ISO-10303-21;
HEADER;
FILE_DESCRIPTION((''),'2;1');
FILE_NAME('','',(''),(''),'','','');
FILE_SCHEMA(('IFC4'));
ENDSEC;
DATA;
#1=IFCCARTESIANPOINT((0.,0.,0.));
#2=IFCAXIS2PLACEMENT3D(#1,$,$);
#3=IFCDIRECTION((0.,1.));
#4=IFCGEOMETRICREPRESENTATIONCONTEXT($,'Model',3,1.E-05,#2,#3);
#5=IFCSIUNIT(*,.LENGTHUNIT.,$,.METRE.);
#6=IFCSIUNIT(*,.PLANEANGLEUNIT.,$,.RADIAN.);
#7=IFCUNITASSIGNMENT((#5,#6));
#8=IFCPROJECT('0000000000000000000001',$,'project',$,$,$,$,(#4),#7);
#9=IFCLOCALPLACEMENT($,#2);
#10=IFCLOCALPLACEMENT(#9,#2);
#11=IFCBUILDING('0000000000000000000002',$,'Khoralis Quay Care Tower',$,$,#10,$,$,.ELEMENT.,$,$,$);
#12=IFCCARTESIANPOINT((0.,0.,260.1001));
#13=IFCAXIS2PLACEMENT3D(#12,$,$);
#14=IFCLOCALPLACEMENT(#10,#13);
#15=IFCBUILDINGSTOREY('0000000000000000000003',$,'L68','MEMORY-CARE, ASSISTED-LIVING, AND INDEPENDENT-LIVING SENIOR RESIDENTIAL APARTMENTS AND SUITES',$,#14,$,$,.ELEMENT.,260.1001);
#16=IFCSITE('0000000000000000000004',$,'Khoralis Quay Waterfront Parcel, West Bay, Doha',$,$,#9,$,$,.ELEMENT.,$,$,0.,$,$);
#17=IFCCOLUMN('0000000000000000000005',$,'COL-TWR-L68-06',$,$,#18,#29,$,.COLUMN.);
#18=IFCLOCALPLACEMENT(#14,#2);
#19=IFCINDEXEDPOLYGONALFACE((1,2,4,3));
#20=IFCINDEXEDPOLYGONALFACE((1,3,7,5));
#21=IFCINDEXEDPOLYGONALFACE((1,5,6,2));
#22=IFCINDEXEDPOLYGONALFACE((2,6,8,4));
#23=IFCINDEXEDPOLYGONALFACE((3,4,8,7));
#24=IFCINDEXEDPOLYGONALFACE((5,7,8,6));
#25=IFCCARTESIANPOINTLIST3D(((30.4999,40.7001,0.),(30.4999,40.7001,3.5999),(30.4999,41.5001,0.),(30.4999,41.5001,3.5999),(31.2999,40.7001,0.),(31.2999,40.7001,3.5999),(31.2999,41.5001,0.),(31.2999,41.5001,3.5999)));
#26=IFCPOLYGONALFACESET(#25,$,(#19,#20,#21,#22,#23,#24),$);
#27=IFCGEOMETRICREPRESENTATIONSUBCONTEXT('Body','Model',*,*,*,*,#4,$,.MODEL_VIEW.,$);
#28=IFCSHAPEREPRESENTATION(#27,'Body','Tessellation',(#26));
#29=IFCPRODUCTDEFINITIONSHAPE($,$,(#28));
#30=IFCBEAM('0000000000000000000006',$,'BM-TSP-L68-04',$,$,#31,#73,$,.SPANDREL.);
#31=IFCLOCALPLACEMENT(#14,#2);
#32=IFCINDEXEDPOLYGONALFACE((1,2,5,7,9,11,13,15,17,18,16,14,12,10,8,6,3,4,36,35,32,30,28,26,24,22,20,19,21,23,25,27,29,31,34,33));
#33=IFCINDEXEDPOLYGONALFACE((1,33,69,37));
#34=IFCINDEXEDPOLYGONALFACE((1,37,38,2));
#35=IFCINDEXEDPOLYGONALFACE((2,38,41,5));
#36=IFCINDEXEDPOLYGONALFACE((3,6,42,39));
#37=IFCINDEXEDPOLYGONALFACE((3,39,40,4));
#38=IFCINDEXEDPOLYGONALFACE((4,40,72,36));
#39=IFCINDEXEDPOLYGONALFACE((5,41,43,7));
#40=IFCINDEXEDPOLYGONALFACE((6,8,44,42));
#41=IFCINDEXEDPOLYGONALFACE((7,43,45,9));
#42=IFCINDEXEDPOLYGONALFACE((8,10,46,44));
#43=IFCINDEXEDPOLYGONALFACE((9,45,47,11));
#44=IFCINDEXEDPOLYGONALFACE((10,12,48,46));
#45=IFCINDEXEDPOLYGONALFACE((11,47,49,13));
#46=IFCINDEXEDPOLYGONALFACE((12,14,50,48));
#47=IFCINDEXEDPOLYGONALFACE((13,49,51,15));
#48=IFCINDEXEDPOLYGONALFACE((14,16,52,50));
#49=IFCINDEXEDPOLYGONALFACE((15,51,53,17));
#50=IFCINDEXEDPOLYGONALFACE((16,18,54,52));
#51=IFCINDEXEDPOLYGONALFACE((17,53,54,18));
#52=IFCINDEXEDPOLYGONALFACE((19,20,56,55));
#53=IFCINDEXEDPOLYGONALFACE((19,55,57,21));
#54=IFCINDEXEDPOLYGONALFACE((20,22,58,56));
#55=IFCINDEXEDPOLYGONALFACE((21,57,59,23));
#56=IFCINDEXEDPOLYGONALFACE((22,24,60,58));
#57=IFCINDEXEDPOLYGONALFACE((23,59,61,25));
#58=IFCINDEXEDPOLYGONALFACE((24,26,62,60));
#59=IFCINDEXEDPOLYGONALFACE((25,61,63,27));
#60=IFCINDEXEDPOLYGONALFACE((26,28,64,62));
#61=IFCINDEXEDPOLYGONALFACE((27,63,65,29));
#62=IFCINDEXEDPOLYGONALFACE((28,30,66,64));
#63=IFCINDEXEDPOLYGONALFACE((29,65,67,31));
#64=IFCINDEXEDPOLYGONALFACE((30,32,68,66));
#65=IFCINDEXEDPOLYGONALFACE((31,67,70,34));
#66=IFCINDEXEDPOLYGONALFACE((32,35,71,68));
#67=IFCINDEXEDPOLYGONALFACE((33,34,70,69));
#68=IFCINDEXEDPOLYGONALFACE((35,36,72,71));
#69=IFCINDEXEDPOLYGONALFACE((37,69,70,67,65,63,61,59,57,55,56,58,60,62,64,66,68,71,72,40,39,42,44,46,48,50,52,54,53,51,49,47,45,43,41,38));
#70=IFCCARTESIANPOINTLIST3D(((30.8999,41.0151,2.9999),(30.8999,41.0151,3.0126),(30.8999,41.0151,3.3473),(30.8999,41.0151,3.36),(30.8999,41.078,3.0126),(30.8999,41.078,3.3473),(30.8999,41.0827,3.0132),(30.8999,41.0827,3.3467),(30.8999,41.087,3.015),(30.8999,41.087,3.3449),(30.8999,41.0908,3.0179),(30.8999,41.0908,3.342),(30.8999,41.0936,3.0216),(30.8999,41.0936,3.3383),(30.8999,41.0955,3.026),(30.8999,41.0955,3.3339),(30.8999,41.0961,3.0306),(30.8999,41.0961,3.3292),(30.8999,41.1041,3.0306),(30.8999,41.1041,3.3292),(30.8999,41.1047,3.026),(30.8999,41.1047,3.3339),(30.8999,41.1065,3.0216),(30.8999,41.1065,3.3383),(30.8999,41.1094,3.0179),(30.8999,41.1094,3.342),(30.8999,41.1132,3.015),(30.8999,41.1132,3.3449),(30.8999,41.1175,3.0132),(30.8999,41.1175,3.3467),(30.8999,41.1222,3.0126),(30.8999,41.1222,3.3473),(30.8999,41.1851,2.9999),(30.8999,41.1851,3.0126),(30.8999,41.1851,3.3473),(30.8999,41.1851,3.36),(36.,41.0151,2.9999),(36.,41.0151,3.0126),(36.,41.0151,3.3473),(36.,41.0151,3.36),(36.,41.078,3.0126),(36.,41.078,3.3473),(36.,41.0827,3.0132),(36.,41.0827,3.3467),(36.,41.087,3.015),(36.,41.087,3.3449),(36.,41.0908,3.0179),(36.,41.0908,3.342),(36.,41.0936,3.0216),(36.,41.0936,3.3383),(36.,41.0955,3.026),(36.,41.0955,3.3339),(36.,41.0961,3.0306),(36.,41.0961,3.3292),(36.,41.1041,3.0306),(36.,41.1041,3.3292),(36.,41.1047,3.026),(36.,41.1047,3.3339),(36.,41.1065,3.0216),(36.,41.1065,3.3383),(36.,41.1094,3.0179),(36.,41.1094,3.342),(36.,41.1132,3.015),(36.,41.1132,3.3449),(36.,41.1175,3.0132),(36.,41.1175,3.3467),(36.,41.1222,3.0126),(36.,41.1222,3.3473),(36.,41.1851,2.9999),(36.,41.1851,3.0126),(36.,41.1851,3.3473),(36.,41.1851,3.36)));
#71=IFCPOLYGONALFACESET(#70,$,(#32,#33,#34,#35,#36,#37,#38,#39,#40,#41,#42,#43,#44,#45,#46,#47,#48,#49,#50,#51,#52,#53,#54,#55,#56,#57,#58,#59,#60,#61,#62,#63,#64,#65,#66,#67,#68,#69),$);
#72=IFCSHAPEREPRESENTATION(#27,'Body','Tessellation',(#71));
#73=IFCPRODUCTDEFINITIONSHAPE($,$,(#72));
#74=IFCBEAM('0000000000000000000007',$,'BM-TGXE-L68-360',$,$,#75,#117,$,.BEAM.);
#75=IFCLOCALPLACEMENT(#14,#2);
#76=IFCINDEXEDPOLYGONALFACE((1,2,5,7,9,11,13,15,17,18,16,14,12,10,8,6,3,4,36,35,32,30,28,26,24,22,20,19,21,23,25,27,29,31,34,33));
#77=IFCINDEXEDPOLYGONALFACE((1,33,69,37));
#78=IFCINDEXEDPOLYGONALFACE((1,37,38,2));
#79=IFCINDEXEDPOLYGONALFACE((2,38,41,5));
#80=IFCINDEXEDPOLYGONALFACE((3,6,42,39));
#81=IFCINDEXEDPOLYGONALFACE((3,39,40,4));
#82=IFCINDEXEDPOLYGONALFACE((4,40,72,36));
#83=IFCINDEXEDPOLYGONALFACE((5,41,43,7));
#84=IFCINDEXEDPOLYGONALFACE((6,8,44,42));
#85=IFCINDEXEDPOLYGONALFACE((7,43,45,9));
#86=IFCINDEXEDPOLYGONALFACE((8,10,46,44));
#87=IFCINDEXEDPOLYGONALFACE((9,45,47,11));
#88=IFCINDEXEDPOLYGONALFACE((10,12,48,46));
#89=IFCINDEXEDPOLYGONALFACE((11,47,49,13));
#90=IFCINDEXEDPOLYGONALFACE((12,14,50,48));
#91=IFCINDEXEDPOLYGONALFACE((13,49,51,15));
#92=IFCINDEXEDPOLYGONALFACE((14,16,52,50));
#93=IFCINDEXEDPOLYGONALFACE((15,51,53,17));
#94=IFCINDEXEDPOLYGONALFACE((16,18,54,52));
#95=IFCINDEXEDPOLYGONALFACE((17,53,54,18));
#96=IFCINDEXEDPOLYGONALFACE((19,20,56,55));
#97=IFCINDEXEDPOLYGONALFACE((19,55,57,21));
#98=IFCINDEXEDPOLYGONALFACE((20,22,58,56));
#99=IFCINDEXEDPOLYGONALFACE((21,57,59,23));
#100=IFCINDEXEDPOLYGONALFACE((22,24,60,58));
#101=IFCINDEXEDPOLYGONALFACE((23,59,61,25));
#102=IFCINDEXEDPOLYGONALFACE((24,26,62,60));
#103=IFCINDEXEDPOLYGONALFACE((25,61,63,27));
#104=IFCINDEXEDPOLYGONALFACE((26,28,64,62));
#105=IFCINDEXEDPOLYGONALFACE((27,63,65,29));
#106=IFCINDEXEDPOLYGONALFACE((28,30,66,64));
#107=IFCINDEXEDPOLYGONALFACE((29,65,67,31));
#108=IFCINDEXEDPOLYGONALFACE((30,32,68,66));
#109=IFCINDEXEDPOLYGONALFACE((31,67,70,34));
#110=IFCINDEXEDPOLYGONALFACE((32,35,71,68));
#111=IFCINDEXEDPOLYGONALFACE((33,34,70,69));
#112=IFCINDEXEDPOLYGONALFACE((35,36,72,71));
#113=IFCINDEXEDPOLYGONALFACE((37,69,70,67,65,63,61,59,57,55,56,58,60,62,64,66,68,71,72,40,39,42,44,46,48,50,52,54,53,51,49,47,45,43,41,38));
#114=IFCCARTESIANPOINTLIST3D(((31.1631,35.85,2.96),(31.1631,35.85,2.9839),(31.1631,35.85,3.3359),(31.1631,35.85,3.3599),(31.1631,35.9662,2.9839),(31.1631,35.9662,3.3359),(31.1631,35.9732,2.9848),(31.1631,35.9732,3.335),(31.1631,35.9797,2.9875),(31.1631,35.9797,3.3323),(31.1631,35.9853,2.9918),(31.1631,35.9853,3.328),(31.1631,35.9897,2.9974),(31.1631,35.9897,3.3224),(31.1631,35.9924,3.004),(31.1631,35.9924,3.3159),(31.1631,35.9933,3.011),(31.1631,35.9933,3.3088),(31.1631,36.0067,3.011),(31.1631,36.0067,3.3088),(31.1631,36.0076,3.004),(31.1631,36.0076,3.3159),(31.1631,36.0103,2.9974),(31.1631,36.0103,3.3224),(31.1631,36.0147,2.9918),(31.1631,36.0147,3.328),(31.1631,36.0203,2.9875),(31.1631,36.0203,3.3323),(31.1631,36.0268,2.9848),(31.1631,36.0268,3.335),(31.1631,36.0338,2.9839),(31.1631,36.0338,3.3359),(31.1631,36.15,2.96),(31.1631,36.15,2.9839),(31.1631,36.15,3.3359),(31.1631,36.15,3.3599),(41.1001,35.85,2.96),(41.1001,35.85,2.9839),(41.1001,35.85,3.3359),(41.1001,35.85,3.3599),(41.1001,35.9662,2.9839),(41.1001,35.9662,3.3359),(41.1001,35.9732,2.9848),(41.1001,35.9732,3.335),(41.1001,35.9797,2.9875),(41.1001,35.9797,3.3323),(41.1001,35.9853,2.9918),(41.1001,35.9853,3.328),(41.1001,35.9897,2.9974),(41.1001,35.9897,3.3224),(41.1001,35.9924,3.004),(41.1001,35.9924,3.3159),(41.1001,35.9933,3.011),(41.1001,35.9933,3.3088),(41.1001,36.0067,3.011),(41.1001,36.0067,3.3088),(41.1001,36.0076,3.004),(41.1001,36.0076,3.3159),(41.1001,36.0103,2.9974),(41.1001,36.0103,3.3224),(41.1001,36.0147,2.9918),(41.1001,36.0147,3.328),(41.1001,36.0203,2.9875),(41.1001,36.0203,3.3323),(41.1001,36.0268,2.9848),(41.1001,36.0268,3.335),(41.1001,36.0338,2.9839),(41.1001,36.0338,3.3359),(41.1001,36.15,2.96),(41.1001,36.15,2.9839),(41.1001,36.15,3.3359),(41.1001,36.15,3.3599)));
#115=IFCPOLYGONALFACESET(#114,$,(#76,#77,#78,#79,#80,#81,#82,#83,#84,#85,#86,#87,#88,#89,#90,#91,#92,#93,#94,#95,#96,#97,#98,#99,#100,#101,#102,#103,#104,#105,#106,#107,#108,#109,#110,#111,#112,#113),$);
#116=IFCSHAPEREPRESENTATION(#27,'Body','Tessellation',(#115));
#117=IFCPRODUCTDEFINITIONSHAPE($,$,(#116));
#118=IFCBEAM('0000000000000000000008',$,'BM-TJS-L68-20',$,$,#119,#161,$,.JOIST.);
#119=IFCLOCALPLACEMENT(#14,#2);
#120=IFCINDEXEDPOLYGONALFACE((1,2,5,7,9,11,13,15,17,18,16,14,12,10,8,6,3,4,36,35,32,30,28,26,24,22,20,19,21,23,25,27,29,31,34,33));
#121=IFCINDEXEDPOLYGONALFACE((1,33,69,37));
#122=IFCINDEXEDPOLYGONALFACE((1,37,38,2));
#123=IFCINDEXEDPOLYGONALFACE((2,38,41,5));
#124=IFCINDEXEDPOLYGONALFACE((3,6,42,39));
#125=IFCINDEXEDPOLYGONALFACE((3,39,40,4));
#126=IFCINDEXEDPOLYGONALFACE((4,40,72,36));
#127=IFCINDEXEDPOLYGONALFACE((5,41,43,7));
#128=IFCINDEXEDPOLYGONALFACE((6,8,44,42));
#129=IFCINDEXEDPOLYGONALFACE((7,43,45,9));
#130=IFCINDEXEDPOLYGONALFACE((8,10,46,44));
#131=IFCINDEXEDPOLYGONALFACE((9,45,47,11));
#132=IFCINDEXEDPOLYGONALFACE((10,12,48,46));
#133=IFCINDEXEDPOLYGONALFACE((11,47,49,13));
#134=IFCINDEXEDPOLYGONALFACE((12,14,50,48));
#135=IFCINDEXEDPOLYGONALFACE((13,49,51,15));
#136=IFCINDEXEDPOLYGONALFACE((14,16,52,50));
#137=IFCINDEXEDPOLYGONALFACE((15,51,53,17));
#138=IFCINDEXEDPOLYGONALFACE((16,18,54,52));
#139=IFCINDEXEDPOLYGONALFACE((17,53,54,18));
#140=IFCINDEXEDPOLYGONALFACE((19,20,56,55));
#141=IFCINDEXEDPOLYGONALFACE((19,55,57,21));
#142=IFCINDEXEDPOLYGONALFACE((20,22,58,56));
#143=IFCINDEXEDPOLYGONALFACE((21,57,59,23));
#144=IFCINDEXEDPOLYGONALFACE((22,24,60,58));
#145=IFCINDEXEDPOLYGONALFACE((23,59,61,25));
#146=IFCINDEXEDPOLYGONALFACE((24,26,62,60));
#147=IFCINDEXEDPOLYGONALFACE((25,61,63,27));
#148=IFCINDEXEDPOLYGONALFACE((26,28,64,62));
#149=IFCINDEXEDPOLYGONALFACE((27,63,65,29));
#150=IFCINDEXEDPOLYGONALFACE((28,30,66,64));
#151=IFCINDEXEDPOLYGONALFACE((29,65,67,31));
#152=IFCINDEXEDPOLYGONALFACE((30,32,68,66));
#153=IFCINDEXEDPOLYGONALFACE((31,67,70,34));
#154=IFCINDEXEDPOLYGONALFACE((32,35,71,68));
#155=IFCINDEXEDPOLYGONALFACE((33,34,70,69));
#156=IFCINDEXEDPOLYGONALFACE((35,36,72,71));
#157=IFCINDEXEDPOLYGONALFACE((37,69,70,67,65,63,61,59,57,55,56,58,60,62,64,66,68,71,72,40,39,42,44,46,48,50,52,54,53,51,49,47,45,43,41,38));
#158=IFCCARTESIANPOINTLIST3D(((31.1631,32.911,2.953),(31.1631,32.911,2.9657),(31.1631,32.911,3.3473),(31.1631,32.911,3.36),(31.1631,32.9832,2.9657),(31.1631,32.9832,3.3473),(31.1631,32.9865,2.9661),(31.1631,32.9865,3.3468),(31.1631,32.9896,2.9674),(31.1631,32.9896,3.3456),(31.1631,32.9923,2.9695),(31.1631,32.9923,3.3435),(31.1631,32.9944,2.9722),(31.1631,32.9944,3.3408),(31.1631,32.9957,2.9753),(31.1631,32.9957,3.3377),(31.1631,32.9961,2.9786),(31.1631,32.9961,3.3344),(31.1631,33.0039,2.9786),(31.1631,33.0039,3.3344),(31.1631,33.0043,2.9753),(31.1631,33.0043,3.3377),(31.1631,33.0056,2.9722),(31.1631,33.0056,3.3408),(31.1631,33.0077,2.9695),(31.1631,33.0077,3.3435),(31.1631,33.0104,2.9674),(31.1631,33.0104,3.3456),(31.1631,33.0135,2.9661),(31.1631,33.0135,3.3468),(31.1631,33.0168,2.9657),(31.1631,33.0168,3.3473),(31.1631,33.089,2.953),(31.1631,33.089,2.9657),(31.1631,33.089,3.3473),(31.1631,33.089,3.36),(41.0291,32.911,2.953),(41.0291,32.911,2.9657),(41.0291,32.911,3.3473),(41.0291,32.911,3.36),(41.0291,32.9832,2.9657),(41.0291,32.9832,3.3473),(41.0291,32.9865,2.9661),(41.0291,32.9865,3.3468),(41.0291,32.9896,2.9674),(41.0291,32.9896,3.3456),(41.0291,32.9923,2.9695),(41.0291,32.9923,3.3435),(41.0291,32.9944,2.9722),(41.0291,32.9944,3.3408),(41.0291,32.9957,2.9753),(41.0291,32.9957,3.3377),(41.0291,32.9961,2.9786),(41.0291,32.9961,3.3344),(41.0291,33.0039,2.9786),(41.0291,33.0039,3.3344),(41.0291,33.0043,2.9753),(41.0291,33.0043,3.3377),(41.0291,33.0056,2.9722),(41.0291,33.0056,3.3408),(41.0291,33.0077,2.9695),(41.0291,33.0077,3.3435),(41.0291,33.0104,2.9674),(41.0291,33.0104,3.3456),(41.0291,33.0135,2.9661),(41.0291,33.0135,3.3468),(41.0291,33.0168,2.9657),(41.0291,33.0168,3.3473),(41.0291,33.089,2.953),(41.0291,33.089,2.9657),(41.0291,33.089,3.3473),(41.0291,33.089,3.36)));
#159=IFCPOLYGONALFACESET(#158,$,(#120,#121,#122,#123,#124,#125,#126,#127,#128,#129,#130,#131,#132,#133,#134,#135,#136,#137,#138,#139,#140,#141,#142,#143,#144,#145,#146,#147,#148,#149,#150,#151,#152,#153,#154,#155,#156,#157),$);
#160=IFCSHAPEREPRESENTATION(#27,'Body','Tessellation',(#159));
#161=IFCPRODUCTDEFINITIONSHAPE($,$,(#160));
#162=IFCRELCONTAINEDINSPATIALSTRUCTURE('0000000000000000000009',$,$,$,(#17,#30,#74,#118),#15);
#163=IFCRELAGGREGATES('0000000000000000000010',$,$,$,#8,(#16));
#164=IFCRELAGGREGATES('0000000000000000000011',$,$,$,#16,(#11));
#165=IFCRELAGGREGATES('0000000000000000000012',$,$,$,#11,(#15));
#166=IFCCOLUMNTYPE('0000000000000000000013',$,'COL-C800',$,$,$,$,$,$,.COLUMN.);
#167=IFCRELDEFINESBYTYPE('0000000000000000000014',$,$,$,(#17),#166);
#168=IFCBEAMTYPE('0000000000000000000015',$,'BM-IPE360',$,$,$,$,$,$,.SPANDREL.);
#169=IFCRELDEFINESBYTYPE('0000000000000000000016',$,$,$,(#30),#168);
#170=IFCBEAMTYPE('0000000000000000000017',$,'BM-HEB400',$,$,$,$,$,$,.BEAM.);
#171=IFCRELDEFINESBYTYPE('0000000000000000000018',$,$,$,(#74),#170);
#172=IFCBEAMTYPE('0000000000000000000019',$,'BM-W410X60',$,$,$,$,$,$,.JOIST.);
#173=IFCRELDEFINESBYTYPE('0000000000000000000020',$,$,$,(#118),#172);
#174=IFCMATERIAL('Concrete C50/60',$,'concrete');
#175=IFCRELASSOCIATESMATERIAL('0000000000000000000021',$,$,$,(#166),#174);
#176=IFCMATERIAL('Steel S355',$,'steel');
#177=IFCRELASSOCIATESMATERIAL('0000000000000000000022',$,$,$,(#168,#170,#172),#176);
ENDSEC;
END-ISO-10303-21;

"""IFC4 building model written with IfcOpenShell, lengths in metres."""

from ifc_helpers import new_model, si_unit, direction, frame, origin, origin_2d, place, context, subcontext, project, spatial, rectangle, i_section, extrude, source, transform, mapped, material, material_profile, profile_set, type_object, element, save


model = new_model("IFC4")

# Units and contexts
model_context = context("Model", 3, precision=1e-05, world=origin(), true_north=direction((0.0, 1.0)))
body_context = subcontext(model_context, "Body", "Model", "MODEL_VIEW")
ifc_project = project(units=[si_unit("LENGTHUNIT", "METRE"), si_unit("PLANEANGLEUNIT", "RADIAN")], contexts=[model_context])

# Site, building, storey
site_placement = place(None, origin())
site = spatial("IfcSite", under=ifc_project, at=site_placement, Name="Khoralis Quay Waterfront Parcel, West Bay, Doha", CompositionType="ELEMENT", RefElevation=0.0)
building_placement = place(site_placement, origin())
building = spatial("IfcBuilding", under=site, at=building_placement, Name="Khoralis Quay Care Tower", CompositionType="ELEMENT")
storey_placement = place(building_placement, frame((0.0, 0.0, 260.1001)))
storey = spatial("IfcBuildingStorey", under=building, at=storey_placement, Name="L68", Description="MEMORY-CARE, ASSISTED-LIVING, AND INDEPENDENT-LIVING SENIOR RESIDENTIAL APARTMENTS AND SUITES", CompositionType="ELEMENT", Elevation=260.1001)

# Column
ifc_material_1 = material(Name="Concrete C50/60", Category="concrete")
ifc_material_profile_1 = material_profile(ifc_material_1, rectangle(XDim=0.8, YDim=0.8, at=origin_2d()), Name="Concrete C50/60")
ifc_profile_set_1 = profile_set([ifc_material_profile_1], Name="Concrete C50/60")
column_type = type_object("IfcColumnType", Name="COL-C800", PredefinedType="COLUMN", material=ifc_profile_set_1)
shared_shape_1 = source(origin(), body_context, "Body", "SweptSolid", [
    extrude(rectangle(XDim=0.8, YDim=0.8, at=origin_2d()), origin(), (0.0, 0.0, 1.0), 3.5999),
])
column_placement = place(storey_placement, frame((30.8999, 41.1001, 0.0), z_axis=(0.0, 0.0, 1.0), x_axis=(1.0, 0.0, 0.0)))
element("IfcColumn", 1, at=column_placement, inside=storey, type_object=column_type, Name="COL-TWR-L68-06", PredefinedType="COLUMN", context=body_context, shape_type="MappedRepresentation", body=[
    mapped(shared_shape_1, transform((0.0, 0.0, 0.0), scale=1.0)),
])

# Beams
ifc_material_2 = material(Name="Steel S355", Category="steel")
ifc_material_profile_2 = material_profile(ifc_material_2, i_section(OverallWidth=0.1699, OverallDepth=0.3601, WebThickness=0.0081, FlangeThickness=0.0127, FilletRadius=0.0181, at=origin_2d()), Name="Steel S355")
ifc_profile_set_2 = profile_set([ifc_material_profile_2], Name="Steel S355")
beam_type_1 = type_object("IfcBeamType", Name="BM-IPE360", PredefinedType="SPANDREL", material=ifc_profile_set_2)
shared_shape_2 = source(origin(), body_context, "Body", "SweptSolid", [
    extrude(i_section(OverallWidth=0.1699, OverallDepth=0.3601, WebThickness=0.0081, FlangeThickness=0.0127, FilletRadius=0.0181, at=origin_2d()), origin(), (0.0, 0.0, 1.0), 5.1001),
])
beam_1_placement = place(storey_placement, frame((30.8999, 41.1001, 3.1799), z_axis=(1.0, 0.0, 0.0), x_axis=(0.0, 1.0, 0.0)))
element("IfcBeam", 2, at=beam_1_placement, inside=storey, type_object=beam_type_1, Name="BM-TSP-L68-04", PredefinedType="SPANDREL", context=body_context, shape_type="MappedRepresentation", body=[
    mapped(shared_shape_2, transform((0.0, 0.0, 0.0), scale=1.0)),
])
ifc_material_profile_3 = material_profile(ifc_material_2, i_section(OverallWidth=0.3, OverallDepth=0.3999, WebThickness=0.0134, FlangeThickness=0.0239, FilletRadius=0.0271, at=origin_2d()), Name="Steel S355")
ifc_profile_set_3 = profile_set([ifc_material_profile_3], Name="Steel S355")
beam_type_2 = type_object("IfcBeamType", Name="BM-HEB400", PredefinedType="BEAM", material=ifc_profile_set_3)
shared_shape_3 = source(origin(), body_context, "Body", "SweptSolid", [
    extrude(i_section(OverallWidth=0.3, OverallDepth=0.3999, WebThickness=0.0134, FlangeThickness=0.0239, FilletRadius=0.0271, at=origin_2d()), origin(), (0.0, 0.0, 1.0), 9.937),
])
beam_2_placement = place(storey_placement, frame((31.1631, 36.0, 3.1599), z_axis=(1.0, 0.0, 0.0), x_axis=(0.0, 1.0, 0.0)))
element("IfcBeam", 3, at=beam_2_placement, inside=storey, type_object=beam_type_2, Name="BM-TGXE-L68-360", PredefinedType="BEAM", context=body_context, shape_type="MappedRepresentation", body=[
    mapped(shared_shape_3, transform((0.0, 0.0, 0.0), scale=1.0)),
])
ifc_material_profile_4 = material_profile(ifc_material_2, i_section(OverallWidth=0.178, OverallDepth=0.407, WebThickness=0.0078, FlangeThickness=0.0127, FilletRadius=0.0129, at=origin_2d()), Name="Steel S355")
ifc_profile_set_4 = profile_set([ifc_material_profile_4], Name="Steel S355")
beam_type_3 = type_object("IfcBeamType", Name="BM-W410X60", PredefinedType="JOIST", material=ifc_profile_set_4)
shared_shape_4 = source(origin(), body_context, "Body", "SweptSolid", [
    extrude(i_section(OverallWidth=0.178, OverallDepth=0.407, WebThickness=0.0078, FlangeThickness=0.0127, FilletRadius=0.0129, at=origin_2d()), origin(), (0.0, 0.0, 1.0), 9.866),
])
for number, where, z_axis, x_axis, name in (
    (4, (31.1631, 33.0, 3.1565), (1.0, 0.0, 0.0), (0.0, 1.0, 0.0), "BM-TJS-L68-20"),
):
    element("IfcBeam", number, at=place(storey_placement, frame(where, z_axis=z_axis, x_axis=x_axis)), inside=storey, type_object=beam_type_3, Name=name, PredefinedType="JOIST", context=body_context, shape_type="MappedRepresentation", body=[
        mapped(shared_shape_4, transform((0.0, 0.0, 0.0), scale=1.0)),
    ])

save(model, "model.ifc")
